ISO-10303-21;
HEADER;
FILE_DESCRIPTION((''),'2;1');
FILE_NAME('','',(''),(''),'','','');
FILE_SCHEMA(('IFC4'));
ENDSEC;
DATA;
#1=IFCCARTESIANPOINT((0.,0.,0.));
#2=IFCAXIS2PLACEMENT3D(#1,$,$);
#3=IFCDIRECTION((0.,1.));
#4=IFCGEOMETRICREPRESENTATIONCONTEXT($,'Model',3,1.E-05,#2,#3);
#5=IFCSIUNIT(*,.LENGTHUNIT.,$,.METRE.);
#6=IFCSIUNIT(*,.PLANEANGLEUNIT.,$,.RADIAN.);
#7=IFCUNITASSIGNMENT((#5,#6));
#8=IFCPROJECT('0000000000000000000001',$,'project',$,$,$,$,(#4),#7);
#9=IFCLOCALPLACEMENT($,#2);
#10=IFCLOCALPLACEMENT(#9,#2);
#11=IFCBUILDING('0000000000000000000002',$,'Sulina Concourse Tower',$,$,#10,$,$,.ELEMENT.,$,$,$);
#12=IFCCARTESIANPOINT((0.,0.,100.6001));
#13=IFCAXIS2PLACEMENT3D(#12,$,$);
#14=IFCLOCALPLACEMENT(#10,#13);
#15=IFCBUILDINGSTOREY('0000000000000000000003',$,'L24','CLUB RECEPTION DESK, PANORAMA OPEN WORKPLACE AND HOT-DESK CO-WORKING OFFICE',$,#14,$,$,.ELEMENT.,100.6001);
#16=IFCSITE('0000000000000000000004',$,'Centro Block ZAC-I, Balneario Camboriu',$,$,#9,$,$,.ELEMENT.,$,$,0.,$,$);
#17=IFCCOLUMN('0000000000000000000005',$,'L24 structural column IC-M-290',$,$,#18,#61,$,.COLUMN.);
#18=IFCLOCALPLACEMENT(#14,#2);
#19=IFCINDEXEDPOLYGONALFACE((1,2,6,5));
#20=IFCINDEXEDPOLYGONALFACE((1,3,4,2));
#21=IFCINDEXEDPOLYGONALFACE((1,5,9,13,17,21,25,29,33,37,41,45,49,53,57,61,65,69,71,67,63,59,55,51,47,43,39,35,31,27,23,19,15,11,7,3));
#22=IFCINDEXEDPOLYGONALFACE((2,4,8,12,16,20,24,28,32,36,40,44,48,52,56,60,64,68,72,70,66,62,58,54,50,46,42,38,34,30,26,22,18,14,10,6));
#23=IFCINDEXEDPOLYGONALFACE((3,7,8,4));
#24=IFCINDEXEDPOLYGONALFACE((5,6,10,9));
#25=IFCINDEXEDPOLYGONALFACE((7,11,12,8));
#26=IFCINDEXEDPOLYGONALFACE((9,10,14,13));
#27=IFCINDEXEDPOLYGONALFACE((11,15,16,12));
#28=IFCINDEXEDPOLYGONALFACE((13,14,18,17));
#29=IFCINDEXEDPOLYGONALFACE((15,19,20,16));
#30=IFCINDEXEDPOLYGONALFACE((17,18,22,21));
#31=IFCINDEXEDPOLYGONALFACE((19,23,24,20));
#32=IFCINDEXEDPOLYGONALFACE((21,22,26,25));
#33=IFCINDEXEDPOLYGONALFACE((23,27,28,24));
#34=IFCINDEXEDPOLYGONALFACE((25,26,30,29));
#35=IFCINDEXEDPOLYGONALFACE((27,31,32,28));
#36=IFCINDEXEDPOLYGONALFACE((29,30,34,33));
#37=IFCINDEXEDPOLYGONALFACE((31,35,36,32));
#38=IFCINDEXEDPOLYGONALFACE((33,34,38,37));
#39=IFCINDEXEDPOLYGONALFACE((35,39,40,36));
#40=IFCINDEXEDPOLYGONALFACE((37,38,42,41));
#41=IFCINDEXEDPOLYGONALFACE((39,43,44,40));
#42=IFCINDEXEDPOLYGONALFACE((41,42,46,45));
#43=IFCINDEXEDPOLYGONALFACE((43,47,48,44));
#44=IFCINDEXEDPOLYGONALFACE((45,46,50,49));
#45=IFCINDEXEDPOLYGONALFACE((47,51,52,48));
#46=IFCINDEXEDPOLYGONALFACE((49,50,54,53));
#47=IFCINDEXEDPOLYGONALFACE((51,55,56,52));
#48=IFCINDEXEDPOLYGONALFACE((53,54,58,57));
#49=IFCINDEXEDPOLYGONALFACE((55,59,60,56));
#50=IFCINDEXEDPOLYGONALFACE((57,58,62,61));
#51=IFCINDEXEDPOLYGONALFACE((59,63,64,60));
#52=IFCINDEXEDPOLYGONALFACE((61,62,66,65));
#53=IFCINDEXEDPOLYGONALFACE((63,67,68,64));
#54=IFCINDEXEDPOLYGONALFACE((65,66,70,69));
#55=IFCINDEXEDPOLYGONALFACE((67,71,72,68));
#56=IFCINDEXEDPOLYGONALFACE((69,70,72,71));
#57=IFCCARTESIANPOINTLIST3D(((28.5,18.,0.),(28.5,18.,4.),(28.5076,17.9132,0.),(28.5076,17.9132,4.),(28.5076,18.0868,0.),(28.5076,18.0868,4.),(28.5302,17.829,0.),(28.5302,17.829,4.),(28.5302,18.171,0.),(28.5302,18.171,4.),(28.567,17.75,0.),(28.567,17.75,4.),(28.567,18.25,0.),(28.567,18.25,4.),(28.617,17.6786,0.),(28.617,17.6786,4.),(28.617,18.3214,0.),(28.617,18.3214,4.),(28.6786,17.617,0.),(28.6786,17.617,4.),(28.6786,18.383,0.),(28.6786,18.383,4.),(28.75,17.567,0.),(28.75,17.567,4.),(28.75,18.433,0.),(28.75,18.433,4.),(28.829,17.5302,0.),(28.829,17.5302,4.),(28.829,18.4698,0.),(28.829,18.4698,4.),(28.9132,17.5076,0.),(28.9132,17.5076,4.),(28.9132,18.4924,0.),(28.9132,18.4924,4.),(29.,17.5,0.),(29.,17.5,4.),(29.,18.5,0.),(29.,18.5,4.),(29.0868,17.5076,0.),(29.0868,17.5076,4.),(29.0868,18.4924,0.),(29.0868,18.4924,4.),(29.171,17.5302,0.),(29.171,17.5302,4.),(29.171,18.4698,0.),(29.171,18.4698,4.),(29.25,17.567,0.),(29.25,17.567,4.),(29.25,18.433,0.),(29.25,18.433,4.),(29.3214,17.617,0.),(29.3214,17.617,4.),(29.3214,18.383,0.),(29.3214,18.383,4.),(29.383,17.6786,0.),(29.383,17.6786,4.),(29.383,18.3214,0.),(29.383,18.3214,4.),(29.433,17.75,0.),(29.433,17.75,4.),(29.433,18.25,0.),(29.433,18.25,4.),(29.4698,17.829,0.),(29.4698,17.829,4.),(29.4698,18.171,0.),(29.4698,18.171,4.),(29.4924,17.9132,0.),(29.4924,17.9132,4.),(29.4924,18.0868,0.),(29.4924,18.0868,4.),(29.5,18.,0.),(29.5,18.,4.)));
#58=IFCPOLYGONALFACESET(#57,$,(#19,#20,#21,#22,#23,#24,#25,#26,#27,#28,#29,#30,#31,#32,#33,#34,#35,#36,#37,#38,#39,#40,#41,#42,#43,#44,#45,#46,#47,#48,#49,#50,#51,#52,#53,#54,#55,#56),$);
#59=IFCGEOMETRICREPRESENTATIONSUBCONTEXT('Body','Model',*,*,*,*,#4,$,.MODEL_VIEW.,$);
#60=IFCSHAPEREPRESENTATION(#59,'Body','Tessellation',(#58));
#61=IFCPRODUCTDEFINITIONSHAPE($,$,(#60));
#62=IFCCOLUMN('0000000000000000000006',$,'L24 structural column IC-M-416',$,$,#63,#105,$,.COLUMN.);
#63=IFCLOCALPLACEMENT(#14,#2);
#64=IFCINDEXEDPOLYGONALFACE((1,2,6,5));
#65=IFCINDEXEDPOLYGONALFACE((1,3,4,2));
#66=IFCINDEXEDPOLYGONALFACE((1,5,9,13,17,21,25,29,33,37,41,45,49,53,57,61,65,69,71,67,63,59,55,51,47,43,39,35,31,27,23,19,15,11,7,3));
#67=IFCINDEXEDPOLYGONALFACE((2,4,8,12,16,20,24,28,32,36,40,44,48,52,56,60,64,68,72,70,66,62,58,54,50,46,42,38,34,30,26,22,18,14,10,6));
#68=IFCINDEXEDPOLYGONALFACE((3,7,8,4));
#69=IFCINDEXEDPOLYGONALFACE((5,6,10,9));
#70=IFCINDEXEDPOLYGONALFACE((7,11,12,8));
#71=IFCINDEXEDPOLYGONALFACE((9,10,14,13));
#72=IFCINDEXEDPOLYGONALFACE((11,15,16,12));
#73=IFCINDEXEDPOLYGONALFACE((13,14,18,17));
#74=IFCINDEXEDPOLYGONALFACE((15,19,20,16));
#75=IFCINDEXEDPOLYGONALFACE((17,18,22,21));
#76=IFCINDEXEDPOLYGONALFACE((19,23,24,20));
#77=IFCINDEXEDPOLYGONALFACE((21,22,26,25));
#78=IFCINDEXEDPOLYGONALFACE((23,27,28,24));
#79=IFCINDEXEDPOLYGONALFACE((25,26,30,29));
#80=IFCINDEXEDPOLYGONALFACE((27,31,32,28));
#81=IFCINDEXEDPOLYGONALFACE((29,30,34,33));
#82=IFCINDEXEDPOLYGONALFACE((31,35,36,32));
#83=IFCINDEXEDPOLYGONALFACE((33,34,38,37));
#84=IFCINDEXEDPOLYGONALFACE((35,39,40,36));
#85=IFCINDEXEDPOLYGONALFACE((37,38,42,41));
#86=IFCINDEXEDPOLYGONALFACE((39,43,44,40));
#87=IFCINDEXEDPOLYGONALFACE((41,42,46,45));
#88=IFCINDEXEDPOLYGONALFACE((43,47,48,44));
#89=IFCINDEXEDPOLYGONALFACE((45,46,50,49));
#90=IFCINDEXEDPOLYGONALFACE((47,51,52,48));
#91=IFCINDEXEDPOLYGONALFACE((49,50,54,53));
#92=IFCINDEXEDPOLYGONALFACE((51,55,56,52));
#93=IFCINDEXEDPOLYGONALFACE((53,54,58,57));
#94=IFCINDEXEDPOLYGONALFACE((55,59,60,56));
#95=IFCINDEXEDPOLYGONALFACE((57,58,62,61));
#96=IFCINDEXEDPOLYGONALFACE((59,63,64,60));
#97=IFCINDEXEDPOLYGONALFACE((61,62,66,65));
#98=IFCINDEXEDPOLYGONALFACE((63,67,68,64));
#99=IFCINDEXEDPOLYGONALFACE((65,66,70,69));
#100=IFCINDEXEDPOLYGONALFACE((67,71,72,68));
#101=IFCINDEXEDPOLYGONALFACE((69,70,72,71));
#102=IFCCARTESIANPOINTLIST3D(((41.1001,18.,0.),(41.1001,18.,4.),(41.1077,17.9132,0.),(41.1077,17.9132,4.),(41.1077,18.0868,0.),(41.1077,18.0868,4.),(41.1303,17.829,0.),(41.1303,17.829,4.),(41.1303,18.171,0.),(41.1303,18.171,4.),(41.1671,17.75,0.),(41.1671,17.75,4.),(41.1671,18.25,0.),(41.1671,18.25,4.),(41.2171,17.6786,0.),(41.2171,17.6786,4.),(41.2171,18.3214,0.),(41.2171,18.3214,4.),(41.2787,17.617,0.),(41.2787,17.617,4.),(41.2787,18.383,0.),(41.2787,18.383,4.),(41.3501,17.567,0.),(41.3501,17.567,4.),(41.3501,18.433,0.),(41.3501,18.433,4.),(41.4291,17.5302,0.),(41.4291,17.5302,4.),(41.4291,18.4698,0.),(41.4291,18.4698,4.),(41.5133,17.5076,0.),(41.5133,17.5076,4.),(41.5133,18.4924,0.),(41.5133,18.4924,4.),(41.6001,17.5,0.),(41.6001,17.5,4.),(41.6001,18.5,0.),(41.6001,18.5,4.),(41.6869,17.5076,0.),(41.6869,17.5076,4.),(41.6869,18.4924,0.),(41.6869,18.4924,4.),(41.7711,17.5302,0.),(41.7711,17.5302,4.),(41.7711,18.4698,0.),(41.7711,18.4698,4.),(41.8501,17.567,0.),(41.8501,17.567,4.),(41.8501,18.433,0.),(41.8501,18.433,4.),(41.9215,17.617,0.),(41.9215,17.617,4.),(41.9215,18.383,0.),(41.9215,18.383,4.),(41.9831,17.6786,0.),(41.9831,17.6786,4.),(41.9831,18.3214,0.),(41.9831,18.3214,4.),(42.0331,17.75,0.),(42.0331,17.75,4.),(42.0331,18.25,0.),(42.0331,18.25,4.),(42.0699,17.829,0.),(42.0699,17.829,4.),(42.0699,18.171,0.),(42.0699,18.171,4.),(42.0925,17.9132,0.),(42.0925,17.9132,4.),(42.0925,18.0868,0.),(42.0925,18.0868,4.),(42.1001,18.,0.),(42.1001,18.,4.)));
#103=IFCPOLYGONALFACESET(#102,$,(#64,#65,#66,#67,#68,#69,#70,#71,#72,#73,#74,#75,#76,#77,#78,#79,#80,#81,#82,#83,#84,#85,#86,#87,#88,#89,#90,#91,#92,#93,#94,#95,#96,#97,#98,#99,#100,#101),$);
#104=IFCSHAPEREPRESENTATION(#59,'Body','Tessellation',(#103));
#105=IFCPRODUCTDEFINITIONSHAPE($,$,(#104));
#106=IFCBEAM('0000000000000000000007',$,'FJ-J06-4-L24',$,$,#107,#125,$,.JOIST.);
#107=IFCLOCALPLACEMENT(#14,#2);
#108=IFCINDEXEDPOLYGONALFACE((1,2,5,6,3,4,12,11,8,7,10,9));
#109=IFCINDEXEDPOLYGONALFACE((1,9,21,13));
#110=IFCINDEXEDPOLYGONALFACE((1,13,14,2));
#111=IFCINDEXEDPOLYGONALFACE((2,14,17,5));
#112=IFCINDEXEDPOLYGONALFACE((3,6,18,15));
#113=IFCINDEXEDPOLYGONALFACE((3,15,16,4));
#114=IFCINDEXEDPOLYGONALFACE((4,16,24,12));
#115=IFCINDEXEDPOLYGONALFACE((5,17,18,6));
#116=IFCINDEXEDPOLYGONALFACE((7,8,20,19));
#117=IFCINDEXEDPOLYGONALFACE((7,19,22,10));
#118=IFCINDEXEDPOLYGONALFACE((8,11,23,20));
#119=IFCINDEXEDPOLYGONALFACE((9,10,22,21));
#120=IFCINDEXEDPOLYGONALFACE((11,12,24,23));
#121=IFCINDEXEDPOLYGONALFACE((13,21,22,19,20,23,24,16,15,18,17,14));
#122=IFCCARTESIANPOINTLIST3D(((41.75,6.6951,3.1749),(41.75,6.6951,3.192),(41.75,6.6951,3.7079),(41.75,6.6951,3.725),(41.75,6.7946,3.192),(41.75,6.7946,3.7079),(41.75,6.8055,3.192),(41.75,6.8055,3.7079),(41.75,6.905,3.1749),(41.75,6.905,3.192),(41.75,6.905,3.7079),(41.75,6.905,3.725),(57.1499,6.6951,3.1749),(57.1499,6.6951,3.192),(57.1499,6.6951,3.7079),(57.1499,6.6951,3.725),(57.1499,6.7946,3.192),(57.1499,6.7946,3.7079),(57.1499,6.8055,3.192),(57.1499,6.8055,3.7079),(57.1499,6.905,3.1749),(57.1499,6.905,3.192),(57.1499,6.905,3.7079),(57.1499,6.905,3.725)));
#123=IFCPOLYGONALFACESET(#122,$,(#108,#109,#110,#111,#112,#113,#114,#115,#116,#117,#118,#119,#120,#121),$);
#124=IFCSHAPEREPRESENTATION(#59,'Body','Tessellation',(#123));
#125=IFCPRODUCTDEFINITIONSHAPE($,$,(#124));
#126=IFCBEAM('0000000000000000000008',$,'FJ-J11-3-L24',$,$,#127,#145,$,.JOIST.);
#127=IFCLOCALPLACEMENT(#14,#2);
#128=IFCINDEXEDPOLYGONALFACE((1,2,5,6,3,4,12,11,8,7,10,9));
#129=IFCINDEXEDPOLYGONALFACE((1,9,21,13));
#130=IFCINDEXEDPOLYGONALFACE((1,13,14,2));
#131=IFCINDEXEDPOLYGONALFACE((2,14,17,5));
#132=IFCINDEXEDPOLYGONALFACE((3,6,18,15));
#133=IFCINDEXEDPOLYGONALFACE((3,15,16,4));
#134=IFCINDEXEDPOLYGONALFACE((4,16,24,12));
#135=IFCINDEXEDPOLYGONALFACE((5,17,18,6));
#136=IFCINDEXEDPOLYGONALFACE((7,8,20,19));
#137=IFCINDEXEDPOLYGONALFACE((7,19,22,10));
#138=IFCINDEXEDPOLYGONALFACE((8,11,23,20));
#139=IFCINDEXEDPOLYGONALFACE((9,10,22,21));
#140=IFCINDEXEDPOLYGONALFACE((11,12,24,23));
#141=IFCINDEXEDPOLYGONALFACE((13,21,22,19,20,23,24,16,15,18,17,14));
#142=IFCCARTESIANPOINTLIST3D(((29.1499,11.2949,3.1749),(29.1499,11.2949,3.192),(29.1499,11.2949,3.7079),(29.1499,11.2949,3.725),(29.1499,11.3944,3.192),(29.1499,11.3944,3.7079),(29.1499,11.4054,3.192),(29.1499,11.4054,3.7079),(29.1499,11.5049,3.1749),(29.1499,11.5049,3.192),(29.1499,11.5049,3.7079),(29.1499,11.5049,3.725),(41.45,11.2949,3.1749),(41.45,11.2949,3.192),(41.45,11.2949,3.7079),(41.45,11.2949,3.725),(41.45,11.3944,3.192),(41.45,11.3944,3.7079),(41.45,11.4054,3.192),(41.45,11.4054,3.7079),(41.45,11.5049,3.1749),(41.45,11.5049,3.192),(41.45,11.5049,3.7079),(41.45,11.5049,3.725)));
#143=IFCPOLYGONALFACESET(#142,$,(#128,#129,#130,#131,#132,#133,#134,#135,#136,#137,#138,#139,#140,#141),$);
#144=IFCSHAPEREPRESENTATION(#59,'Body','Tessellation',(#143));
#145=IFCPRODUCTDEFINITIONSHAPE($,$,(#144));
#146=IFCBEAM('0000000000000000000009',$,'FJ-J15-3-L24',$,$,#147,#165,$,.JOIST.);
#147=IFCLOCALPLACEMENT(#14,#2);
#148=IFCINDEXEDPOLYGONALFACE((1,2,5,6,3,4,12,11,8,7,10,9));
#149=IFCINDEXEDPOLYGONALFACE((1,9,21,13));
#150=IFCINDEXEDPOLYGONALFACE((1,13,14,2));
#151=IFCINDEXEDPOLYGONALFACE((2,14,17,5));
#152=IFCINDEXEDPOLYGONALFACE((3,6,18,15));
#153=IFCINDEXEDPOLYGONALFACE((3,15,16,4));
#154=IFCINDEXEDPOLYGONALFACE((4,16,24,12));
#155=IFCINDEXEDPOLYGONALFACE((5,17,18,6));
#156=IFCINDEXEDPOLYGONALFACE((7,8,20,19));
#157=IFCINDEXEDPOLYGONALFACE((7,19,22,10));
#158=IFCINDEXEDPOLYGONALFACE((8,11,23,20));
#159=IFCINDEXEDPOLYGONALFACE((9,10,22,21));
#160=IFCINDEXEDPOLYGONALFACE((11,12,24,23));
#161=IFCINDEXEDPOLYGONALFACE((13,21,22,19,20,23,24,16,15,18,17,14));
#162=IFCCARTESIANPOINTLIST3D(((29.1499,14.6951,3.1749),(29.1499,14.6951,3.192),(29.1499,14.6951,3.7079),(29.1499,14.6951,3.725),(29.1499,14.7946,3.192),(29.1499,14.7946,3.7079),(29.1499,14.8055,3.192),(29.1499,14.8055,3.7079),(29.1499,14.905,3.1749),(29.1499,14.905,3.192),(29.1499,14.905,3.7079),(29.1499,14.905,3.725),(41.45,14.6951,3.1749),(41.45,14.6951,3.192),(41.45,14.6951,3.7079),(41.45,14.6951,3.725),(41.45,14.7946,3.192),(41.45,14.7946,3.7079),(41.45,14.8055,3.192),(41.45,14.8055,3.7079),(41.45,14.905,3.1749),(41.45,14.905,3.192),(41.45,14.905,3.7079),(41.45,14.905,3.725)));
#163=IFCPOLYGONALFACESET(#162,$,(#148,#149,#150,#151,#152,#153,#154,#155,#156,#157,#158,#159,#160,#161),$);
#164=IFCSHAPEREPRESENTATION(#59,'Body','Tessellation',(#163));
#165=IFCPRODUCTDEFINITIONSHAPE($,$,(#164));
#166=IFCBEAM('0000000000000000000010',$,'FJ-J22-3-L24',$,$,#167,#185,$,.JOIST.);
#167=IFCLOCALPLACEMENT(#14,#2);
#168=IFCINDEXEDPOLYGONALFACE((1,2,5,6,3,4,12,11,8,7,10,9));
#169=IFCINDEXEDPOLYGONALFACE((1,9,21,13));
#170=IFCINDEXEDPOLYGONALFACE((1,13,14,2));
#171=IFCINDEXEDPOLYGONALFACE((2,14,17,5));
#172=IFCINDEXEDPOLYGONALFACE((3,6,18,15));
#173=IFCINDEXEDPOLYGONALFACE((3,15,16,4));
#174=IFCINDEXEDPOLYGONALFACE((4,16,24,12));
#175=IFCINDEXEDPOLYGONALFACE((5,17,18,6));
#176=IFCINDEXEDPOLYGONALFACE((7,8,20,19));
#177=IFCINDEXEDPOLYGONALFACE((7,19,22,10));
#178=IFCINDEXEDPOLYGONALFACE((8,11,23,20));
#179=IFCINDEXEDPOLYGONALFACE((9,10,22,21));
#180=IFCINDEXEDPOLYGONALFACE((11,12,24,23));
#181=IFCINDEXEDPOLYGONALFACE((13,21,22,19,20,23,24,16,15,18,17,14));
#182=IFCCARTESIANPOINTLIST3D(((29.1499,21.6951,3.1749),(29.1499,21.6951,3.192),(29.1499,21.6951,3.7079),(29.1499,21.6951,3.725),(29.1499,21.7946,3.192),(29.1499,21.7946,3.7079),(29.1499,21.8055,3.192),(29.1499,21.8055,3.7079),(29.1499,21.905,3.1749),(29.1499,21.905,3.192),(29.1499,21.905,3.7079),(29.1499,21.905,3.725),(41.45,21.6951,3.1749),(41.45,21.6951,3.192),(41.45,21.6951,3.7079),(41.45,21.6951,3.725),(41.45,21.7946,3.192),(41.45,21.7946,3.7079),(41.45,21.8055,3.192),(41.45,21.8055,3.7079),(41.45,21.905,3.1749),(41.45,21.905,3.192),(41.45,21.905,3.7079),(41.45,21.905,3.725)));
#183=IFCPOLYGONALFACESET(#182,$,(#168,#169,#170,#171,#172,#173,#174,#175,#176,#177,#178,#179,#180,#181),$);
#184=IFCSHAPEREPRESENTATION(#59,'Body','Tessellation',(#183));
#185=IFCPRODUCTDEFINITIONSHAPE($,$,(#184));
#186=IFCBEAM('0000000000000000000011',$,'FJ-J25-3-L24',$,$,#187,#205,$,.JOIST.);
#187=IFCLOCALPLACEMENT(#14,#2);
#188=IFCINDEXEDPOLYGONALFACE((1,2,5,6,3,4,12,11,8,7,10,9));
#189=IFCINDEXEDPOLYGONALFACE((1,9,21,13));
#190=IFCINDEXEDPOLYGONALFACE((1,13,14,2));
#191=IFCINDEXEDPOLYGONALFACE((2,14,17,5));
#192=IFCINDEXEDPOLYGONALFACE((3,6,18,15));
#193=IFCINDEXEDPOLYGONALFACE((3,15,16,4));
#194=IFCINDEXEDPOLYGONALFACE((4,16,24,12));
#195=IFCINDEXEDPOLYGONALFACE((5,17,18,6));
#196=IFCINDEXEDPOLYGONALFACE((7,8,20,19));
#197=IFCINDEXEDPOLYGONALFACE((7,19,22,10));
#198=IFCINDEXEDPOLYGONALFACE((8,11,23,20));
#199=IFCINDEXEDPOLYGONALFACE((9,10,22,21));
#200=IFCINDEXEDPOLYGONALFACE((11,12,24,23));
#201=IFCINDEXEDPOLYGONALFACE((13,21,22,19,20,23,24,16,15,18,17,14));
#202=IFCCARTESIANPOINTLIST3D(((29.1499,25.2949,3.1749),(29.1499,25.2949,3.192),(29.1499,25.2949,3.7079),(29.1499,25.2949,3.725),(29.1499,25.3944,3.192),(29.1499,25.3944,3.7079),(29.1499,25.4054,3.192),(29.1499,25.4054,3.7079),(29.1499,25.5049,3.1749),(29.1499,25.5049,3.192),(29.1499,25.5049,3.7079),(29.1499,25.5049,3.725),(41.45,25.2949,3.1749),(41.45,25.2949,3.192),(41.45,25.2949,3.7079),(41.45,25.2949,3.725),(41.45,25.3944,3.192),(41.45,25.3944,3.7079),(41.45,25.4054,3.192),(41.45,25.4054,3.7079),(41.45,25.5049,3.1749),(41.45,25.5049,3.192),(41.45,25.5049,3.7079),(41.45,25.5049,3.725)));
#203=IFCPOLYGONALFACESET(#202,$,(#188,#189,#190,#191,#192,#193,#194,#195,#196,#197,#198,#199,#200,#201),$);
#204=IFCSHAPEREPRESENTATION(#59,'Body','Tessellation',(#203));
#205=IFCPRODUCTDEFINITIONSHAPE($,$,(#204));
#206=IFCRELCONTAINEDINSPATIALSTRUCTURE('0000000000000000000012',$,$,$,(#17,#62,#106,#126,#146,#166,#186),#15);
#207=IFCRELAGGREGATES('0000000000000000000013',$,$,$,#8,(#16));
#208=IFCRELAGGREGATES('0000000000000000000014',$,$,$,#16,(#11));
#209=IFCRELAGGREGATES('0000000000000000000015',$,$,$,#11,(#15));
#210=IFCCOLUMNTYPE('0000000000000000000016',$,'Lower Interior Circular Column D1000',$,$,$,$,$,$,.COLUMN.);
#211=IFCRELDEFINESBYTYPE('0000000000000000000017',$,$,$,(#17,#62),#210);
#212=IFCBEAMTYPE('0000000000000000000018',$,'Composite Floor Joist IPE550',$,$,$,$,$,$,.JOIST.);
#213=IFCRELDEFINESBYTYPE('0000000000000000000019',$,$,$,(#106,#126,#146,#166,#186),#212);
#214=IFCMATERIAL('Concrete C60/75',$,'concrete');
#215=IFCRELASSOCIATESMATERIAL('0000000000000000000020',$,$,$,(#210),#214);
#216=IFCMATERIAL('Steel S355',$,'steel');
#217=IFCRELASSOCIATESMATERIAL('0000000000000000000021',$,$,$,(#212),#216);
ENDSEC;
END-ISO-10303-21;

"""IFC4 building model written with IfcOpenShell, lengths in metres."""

from ifc_helpers import new_model, si_unit, direction, frame, origin, origin_2d, place, context, subcontext, project, spatial, circle, i_section, extrude, material, material_profile, profile_set, type_object, element, save


model = new_model("IFC4")

# Units and contexts
model_context = context("Model", 3, precision=1e-05, world=origin(), true_north=direction((0.0, 1.0)))
body_context = subcontext(model_context, "Body", "Model", "MODEL_VIEW")
ifc_project = project(units=[si_unit("LENGTHUNIT", "METRE"), si_unit("PLANEANGLEUNIT", "RADIAN")], contexts=[model_context])

# Site, building, storey
site_placement = place(None, origin())
site = spatial("IfcSite", under=ifc_project, at=site_placement, Name="Centro Block ZAC-I, Balneario Camboriu", CompositionType="ELEMENT", RefElevation=0.0)
building_placement = place(site_placement, origin())
building = spatial("IfcBuilding", under=site, at=building_placement, Name="Sulina Concourse Tower", CompositionType="ELEMENT")
storey_placement = place(building_placement, frame((0.0, 0.0, 100.6001)))
storey = spatial("IfcBuildingStorey", under=building, at=storey_placement, Name="L24", Description="CLUB RECEPTION DESK, PANORAMA OPEN WORKPLACE AND HOT-DESK CO-WORKING OFFICE", CompositionType="ELEMENT", Elevation=100.6001)

# Columns
ifc_material_1 = material(Name="Concrete C60/75", Category="concrete")
ifc_material_profile_1 = material_profile(ifc_material_1, circle(Radius=0.5, at=origin_2d()), Name="RC D1000")
ifc_profile_set_1 = profile_set([ifc_material_profile_1], Name="Concrete C60/75")
column_type = type_object("IfcColumnType", Name="Lower Interior Circular Column D1000", PredefinedType="COLUMN", material=ifc_profile_set_1)
for number, where, z_axis, x_axis, name in (
    (1, (29.0, 18.0, 0.0), (0.0, 0.0, 1.0), (1.0, 0.0, 0.0), "L24 structural column IC-M-290"),
    (2, (41.6001, 18.0, 0.0), (0.0, 0.0, 1.0), (1.0, 0.0, 0.0), "L24 structural column IC-M-416"),
):
    element("IfcColumn", number, at=place(storey_placement, frame(where, z_axis=z_axis, x_axis=x_axis)), inside=storey, type_object=column_type, Name=name, PredefinedType="COLUMN", context=body_context, shape_type="SweptSolid", body=[
        extrude(circle(Radius=0.5, at=origin_2d()), origin(), (0.0, 0.0, 1.0), 4.0),
    ])

# Beams
ifc_material_2 = material(Name="Steel S355", Category="steel")
ifc_material_profile_2 = material_profile(ifc_material_2, i_section(OverallWidth=0.21, OverallDepth=0.55, WebThickness=0.011, FlangeThickness=0.0171, at=origin_2d()), Name="IPE 550")
ifc_profile_set_2 = profile_set([ifc_material_profile_2], Name="Steel S355")
beam_type_1 = type_object("IfcBeamType", Name="Composite Floor Joist IPE550", PredefinedType="JOIST", material=ifc_profile_set_2)
beam_1_placement = place(storey_placement, frame((41.75, 6.8, 3.45), z_axis=(1.0, 0.0, 0.0), x_axis=(0.0, 1.0, 0.0)))
element("IfcBeam", 3, at=beam_1_placement, inside=storey, type_object=beam_type_1, Name="FJ-J06-4-L24", PredefinedType="JOIST", context=body_context, shape_type="SweptSolid", body=[
    extrude(i_section(OverallWidth=0.21, OverallDepth=0.55, WebThickness=0.011, FlangeThickness=0.0171, at=origin_2d()), origin(), (0.0, 0.0, 1.0), 15.3999),
])
for number, where, z_axis, x_axis, name in (
    (4, (29.1499, 11.3999, 3.45), (1.0, 0.0, 0.0), (0.0, 1.0, 0.0), "FJ-J11-3-L24"),
    (5, (29.1499, 14.8, 3.45), (1.0, 0.0, 0.0), (0.0, 1.0, 0.0), "FJ-J15-3-L24"),
    (6, (29.1499, 21.8, 3.45), (1.0, 0.0, 0.0), (0.0, 1.0, 0.0), "FJ-J22-3-L24"),
    (7, (29.1499, 25.3999, 3.45), (1.0, 0.0, 0.0), (0.0, 1.0, 0.0), "FJ-J25-3-L24"),
):
    element("IfcBeam", number, at=place(storey_placement, frame(where, z_axis=z_axis, x_axis=x_axis)), inside=storey, type_object=beam_type_1, Name=name, PredefinedType="JOIST", context=body_context, shape_type="SweptSolid", body=[
        extrude(i_section(OverallWidth=0.21, OverallDepth=0.55, WebThickness=0.011, FlangeThickness=0.0171, at=origin_2d()), origin(), (0.0, 0.0, 1.0), 12.3),
    ])

save(model, "model.ifc")
